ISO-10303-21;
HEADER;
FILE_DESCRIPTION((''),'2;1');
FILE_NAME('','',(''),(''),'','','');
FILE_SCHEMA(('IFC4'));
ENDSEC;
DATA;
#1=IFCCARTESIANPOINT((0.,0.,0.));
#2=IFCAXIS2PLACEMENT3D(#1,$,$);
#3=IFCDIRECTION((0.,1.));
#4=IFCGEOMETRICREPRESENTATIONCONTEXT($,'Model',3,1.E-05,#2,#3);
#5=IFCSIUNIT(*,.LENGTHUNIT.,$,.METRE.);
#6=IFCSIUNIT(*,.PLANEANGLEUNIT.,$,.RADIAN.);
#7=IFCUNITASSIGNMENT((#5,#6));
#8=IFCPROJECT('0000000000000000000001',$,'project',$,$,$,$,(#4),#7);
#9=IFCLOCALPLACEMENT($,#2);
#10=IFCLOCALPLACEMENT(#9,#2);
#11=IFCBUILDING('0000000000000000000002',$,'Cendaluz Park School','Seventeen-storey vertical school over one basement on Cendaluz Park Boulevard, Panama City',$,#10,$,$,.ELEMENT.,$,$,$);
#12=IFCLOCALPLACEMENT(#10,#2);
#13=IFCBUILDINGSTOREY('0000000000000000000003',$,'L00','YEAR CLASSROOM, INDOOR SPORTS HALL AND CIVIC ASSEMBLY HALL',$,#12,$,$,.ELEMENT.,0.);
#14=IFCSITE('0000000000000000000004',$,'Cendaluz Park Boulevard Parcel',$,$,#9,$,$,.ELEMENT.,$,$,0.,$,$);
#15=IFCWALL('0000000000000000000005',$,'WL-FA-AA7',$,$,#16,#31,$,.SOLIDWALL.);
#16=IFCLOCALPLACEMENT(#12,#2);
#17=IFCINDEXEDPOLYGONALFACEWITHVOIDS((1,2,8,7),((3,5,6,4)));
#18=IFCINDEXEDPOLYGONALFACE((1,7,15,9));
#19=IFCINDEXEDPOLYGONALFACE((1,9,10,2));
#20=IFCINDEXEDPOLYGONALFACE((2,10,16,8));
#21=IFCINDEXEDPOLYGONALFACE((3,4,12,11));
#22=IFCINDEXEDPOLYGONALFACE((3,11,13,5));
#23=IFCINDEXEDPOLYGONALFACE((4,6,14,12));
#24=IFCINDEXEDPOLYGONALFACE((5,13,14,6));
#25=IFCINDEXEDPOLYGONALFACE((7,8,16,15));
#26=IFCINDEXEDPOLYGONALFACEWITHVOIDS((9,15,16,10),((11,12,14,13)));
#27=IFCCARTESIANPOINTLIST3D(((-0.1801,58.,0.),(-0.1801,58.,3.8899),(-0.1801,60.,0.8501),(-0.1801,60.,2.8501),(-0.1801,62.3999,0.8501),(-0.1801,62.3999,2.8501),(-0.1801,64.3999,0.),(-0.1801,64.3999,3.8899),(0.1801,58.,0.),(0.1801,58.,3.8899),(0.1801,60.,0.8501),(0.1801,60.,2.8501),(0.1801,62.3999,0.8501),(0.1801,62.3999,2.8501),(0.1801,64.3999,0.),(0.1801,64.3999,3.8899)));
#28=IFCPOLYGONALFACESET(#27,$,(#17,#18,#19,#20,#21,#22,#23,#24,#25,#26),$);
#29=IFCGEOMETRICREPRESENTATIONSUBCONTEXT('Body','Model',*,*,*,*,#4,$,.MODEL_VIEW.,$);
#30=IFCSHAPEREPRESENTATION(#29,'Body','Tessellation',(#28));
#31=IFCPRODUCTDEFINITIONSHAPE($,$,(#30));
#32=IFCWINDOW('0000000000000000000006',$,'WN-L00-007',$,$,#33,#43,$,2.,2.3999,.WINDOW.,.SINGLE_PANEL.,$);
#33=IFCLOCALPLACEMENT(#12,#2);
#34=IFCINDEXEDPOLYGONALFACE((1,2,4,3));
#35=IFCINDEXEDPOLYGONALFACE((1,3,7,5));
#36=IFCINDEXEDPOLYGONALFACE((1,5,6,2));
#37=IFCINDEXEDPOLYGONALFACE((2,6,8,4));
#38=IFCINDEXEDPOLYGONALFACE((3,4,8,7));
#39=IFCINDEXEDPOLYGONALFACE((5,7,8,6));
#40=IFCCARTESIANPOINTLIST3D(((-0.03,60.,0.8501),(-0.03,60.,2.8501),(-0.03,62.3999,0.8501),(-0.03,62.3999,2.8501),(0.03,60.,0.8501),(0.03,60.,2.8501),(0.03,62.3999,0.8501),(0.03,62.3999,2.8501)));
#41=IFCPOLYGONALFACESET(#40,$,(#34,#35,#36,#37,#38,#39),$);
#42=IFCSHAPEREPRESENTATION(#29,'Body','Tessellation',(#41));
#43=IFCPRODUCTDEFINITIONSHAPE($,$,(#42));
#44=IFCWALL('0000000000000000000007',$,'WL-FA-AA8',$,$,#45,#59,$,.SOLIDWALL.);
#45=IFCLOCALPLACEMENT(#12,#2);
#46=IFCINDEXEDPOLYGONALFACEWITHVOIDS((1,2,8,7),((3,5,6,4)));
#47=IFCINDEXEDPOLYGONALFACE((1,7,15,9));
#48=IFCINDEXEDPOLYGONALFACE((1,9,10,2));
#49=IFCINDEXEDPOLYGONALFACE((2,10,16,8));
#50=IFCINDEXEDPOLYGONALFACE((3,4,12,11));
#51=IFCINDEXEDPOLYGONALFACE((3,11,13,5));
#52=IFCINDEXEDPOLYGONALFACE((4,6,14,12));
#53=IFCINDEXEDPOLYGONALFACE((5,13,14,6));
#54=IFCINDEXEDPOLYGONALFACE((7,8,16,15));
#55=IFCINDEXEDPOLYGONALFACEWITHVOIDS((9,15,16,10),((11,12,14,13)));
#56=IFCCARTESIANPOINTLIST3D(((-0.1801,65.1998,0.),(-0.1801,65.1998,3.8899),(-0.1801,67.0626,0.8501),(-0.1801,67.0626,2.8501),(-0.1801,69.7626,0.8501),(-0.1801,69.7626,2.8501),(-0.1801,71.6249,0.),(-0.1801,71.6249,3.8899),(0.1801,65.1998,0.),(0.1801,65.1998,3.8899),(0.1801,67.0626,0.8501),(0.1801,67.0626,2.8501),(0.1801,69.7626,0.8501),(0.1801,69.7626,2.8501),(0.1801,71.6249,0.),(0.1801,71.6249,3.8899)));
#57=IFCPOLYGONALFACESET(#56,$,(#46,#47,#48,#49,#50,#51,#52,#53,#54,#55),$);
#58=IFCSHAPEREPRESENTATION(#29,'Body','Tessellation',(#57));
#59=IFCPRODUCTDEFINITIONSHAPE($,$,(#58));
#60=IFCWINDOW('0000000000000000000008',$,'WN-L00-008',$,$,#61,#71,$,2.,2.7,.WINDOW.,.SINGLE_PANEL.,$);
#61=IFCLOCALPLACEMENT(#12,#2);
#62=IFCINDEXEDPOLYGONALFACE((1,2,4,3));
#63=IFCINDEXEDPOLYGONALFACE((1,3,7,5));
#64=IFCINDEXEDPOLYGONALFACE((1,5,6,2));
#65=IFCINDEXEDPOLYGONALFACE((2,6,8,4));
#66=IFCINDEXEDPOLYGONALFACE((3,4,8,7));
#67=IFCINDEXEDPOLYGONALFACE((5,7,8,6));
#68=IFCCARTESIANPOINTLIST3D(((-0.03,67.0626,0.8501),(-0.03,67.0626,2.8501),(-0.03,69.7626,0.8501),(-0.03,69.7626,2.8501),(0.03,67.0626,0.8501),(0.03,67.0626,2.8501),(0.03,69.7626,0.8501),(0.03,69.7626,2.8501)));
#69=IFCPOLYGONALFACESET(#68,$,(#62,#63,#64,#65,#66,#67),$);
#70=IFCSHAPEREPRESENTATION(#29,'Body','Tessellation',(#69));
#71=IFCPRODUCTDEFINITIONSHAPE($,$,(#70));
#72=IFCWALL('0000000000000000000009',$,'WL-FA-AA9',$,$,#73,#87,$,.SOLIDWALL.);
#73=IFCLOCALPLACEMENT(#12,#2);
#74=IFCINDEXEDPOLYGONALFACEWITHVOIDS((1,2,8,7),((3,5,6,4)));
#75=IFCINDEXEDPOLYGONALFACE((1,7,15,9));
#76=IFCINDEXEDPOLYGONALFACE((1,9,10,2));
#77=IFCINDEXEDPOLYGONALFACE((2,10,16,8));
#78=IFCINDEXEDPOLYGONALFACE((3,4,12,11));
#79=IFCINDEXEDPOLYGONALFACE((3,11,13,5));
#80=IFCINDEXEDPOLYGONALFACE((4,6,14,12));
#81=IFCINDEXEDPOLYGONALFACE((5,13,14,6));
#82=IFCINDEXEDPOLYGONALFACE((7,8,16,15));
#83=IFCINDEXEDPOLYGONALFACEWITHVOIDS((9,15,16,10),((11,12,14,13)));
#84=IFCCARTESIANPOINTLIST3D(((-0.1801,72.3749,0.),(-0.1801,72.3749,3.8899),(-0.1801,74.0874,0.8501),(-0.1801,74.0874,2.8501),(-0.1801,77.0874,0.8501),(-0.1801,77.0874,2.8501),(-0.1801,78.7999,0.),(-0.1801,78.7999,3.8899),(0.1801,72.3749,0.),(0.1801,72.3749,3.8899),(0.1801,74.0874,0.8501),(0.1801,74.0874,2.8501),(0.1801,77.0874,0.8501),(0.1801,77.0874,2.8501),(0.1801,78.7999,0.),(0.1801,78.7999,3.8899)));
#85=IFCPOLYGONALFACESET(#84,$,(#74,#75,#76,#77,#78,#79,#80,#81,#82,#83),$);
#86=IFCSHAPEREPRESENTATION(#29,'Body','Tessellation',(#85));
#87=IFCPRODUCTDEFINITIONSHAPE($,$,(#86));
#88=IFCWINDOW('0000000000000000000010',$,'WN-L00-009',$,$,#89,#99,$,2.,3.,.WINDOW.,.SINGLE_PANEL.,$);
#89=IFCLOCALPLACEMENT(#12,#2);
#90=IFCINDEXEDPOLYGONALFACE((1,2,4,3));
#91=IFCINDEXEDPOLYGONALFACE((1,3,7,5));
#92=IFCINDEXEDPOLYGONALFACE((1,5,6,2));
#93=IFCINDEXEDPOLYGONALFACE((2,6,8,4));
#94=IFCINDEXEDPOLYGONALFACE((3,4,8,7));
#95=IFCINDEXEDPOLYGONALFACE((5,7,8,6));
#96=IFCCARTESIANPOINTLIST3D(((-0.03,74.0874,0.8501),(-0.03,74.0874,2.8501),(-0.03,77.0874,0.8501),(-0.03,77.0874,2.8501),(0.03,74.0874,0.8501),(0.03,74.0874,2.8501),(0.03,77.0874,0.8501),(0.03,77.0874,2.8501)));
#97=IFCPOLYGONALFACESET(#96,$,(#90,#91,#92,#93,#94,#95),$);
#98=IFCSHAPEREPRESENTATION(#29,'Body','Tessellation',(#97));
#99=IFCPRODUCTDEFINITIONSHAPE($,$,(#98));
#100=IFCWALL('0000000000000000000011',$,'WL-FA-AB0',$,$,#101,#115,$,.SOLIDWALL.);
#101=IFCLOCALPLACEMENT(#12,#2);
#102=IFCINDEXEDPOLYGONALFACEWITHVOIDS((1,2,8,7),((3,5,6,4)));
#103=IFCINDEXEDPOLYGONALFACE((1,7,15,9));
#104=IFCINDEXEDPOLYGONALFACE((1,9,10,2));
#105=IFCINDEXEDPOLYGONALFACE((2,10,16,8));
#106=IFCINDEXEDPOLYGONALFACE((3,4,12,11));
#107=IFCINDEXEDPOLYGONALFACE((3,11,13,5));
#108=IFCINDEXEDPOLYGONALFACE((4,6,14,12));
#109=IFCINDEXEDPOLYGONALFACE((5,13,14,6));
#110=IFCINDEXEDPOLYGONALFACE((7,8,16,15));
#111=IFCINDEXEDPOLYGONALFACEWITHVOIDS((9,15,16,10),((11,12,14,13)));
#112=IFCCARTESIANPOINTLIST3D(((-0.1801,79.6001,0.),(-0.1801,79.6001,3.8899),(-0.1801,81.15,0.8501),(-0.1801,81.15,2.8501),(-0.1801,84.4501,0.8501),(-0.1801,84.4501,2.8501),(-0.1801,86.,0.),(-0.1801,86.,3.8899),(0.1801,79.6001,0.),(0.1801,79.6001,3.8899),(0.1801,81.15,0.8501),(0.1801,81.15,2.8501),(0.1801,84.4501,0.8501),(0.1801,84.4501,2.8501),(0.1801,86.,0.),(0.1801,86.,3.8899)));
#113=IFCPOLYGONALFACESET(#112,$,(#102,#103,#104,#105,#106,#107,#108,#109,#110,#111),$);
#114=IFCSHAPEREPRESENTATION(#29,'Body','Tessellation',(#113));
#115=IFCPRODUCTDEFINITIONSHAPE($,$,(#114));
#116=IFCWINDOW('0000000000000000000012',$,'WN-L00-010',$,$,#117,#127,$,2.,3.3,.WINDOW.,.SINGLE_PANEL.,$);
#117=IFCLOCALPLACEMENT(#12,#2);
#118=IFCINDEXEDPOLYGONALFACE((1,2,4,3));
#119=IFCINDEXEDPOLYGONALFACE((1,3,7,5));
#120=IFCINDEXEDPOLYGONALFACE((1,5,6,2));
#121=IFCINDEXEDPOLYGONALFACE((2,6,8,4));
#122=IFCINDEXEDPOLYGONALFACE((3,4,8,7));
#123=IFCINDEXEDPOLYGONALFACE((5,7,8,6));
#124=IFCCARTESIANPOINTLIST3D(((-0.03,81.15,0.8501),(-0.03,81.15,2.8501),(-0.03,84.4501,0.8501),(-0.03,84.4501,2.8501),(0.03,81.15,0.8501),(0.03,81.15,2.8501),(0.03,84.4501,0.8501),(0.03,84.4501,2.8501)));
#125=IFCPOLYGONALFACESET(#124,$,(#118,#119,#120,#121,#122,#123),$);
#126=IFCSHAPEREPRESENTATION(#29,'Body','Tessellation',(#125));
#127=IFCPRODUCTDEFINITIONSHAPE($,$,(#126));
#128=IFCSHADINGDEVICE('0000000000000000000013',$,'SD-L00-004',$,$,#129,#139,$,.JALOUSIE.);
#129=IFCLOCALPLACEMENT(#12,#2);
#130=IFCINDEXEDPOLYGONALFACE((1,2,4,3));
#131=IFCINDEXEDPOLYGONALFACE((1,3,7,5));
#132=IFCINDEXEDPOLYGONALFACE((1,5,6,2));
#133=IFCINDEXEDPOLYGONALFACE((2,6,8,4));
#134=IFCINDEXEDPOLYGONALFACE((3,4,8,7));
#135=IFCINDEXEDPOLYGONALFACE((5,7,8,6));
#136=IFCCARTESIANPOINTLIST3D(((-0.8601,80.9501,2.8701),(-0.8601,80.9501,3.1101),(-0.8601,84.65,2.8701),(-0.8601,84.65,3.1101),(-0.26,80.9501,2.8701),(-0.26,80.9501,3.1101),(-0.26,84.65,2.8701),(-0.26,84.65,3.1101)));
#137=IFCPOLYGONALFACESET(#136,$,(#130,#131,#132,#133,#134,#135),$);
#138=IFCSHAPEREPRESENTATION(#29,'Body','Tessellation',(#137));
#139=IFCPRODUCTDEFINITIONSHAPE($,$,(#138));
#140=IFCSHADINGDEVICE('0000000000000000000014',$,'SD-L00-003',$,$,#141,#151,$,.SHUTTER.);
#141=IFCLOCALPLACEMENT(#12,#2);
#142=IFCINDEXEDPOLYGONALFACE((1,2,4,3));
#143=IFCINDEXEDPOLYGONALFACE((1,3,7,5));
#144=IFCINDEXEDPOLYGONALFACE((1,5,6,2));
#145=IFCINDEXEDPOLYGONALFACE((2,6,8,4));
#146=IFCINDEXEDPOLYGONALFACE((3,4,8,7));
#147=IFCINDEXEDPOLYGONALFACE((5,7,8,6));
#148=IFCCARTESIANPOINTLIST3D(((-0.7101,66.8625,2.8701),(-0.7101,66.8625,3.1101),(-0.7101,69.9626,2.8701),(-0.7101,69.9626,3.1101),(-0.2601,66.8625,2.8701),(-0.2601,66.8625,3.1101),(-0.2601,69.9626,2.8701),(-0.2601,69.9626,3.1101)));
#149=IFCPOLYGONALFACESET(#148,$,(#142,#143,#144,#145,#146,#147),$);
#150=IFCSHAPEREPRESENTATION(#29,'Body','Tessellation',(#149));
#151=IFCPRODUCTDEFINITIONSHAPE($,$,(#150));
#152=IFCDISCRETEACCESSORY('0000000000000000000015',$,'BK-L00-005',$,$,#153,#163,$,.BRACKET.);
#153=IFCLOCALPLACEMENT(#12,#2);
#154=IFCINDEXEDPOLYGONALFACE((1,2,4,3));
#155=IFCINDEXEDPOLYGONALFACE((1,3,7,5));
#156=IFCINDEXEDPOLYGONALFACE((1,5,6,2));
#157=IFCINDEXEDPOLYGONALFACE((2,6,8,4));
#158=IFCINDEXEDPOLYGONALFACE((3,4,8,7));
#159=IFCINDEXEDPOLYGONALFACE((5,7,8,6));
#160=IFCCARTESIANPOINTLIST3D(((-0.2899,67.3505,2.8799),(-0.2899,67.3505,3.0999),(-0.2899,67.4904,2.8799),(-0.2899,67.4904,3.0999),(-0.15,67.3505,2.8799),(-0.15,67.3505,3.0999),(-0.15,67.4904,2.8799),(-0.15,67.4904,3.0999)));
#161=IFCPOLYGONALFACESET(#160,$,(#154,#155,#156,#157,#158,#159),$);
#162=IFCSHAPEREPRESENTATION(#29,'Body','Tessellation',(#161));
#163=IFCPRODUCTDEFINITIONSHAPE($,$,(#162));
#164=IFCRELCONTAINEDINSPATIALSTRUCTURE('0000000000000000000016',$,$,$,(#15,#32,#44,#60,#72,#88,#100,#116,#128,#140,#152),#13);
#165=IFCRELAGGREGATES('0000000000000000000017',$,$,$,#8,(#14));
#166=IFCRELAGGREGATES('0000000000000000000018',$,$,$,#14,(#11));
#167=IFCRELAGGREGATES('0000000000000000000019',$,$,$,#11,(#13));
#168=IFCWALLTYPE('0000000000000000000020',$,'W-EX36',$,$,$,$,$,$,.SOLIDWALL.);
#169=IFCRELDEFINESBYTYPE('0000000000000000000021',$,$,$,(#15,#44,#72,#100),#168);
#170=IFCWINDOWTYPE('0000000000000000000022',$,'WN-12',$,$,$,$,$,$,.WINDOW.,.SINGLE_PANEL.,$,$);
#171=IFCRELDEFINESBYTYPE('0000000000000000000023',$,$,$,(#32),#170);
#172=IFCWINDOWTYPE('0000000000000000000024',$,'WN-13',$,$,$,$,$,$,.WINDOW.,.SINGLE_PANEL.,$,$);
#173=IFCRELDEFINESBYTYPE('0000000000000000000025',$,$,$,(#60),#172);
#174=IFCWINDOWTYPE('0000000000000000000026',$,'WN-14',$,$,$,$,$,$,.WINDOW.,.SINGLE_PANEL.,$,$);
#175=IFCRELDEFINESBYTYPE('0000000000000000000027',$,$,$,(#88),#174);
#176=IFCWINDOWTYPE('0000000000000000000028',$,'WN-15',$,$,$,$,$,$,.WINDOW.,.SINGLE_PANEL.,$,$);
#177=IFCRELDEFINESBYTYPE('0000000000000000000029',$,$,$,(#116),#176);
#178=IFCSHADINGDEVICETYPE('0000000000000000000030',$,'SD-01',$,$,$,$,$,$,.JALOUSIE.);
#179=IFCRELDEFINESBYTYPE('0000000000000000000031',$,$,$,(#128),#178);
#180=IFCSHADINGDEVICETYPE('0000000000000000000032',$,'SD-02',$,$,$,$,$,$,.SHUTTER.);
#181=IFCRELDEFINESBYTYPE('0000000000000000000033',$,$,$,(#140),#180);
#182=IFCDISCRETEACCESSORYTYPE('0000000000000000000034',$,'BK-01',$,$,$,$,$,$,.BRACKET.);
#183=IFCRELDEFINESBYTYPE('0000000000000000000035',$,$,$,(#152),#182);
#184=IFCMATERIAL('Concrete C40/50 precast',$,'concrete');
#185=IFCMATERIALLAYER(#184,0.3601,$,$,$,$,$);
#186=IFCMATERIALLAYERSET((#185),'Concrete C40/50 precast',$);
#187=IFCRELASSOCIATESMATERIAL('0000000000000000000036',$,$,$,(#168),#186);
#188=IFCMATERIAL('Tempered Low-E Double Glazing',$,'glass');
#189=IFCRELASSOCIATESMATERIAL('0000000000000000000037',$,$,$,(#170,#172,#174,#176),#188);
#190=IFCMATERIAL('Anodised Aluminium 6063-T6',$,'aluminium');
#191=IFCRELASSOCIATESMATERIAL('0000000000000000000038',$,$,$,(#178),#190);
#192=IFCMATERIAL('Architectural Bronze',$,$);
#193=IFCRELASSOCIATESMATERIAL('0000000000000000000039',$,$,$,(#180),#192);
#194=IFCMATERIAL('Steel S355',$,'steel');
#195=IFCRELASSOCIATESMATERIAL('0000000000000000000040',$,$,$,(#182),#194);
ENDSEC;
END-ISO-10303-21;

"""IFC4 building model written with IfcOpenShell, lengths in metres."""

from ifc_helpers import new_model, si_unit, direction, frame, frame_2d, origin, origin_2d, place, context, subcontext, project, spatial, rectangle, extrude, material, layer, layer_set, type_object, element, fill, save


model = new_model("IFC4")

# Units and contexts
model_context = context("Model", 3, precision=1e-05, world=origin(), true_north=direction((0.0, 1.0)))
body_context = subcontext(model_context, "Body", "Model", "MODEL_VIEW")
ifc_project = project(units=[si_unit("LENGTHUNIT", "METRE"), si_unit("PLANEANGLEUNIT", "RADIAN")], contexts=[model_context])

# Site, building, storey
site_placement = place(None, origin())
site = spatial("IfcSite", under=ifc_project, at=site_placement, Name="Cendaluz Park Boulevard Parcel", CompositionType="ELEMENT", RefElevation=0.0)
building_placement = place(site_placement, origin())
building = spatial("IfcBuilding", under=site, at=building_placement, Name="Cendaluz Park School", Description="Seventeen-storey vertical school over one basement on Cendaluz Park Boulevard, Panama City", CompositionType="ELEMENT")
storey_placement = place(building_placement, origin())
storey = spatial("IfcBuildingStorey", under=building, at=storey_placement, Name="L00", Description="YEAR CLASSROOM, INDOOR SPORTS HALL AND CIVIC ASSEMBLY HALL", CompositionType="ELEMENT", Elevation=0.0)

# Walls, openings, windows
ifc_material_1 = material(Name="Concrete C40/50 precast", Category="concrete")
ifc_layer = layer(ifc_material_1, 0.3601)
ifc_layer_set = layer_set([ifc_layer], Name="Concrete C40/50 precast")
wall_type = type_object("IfcWallType", Name="W-EX36", PredefinedType="SOLIDWALL", material=ifc_layer_set)
wall_1_placement = place(storey_placement, frame((0.0, 58.0, 0.0), z_axis=(0.0, 0.0, 1.0), x_axis=(0.0, 1.0, 0.0)))
wall_1 = element("IfcWall", 1, at=wall_1_placement, inside=storey, type_object=wall_type, Name="WL-FA-AA7", PredefinedType="SOLIDWALL", context=body_context, shape_type="SweptSolid", body=[
    extrude(rectangle(XDim=6.3999, YDim=0.3601, at=frame_2d((3.2, 0.0))), origin(), (0.0, 0.0, 1.0), 3.8899),
])
opening_1_placement = place(wall_1_placement, frame((2.0, 0.0, 0.8501)))
opening_1 = element("IfcOpeningElement", 2, at=opening_1_placement, cuts=wall_1, PredefinedType="OPENING", context=body_context, shape_type="SweptSolid", body=[
    extrude(rectangle(XDim=2.3999, YDim=2.0, at=frame_2d((1.2, 1.0))), frame((0.0, 0.1921, 0.0), z_axis=(0.0, -1.0, 0.0), x_axis=(1.0, 0.0, 0.0)), (0.0, 0.0, 1.0), 0.384),
])
ifc_material_2 = material(Name="Tempered Low-E Double Glazing", Category="glass")
window_type_1 = type_object("IfcWindowType", Name="WN-12", PartitioningType="SINGLE_PANEL", PredefinedType="WINDOW", material=ifc_material_2)
window_1_placement = place(opening_1_placement, origin())
window_1 = element("IfcWindow", 3, at=window_1_placement, inside=storey, type_object=window_type_1, Name="WN-L00-007", OverallHeight=2.0, OverallWidth=2.3999, PartitioningType="SINGLE_PANEL", PredefinedType="WINDOW", context=body_context, shape_type="SweptSolid", body=[
    extrude(rectangle(XDim=2.3999, YDim=2.0, at=frame_2d((1.2, 1.0))), frame((0.0, 0.03, 0.0), z_axis=(0.0, -1.0, 0.0), x_axis=(1.0, 0.0, 0.0)), (0.0, 0.0, 1.0), 0.0601),
])
fill(opening_1, window_1)
wall_2_placement = place(storey_placement, frame((0.0, 65.2, 0.0), z_axis=(0.0, 0.0, 1.0), x_axis=(0.0, 1.0, 0.0)))
wall_2 = element("IfcWall", 4, at=wall_2_placement, inside=storey, type_object=wall_type, Name="WL-FA-AA8", PredefinedType="SOLIDWALL", context=body_context, shape_type="SweptSolid", body=[
    extrude(rectangle(XDim=6.425, YDim=0.3601, at=frame_2d((3.2124, 0.0))), origin(), (0.0, 0.0, 1.0), 3.8899),
])
opening_2_placement = place(wall_2_placement, frame((1.8625, 0.0, 0.8501)))
opening_2 = element("IfcOpeningElement", 5, at=opening_2_placement, cuts=wall_2, PredefinedType="OPENING", context=body_context, shape_type="SweptSolid", body=[
    extrude(rectangle(XDim=2.7, YDim=2.0, at=frame_2d((1.3501, 1.0))), frame((0.0, 0.1921, 0.0), z_axis=(0.0, -1.0, 0.0), x_axis=(1.0, 0.0, 0.0)), (0.0, 0.0, 1.0), 0.384),
])
window_type_2 = type_object("IfcWindowType", Name="WN-13", PartitioningType="SINGLE_PANEL", PredefinedType="WINDOW", material=ifc_material_2)
window_2_placement = place(opening_2_placement, origin())
window_2 = element("IfcWindow", 6, at=window_2_placement, inside=storey, type_object=window_type_2, Name="WN-L00-008", OverallHeight=2.0, OverallWidth=2.7, PartitioningType="SINGLE_PANEL", PredefinedType="WINDOW", context=body_context, shape_type="SweptSolid", body=[
    extrude(rectangle(XDim=2.7, YDim=2.0, at=frame_2d((1.3501, 1.0))), frame((0.0, 0.03, 0.0), z_axis=(0.0, -1.0, 0.0), x_axis=(1.0, 0.0, 0.0)), (0.0, 0.0, 1.0), 0.0601),
])
fill(opening_2, window_2)
wall_3_placement = place(storey_placement, frame((0.0, 72.375, 0.0), z_axis=(0.0, 0.0, 1.0), x_axis=(0.0, 1.0, 0.0)))
wall_3 = element("IfcWall", 7, at=wall_3_placement, inside=storey, type_object=wall_type, Name="WL-FA-AA9", PredefinedType="SOLIDWALL", context=body_context, shape_type="SweptSolid", body=[
    extrude(rectangle(XDim=6.425, YDim=0.3601, at=frame_2d((3.2124, 0.0))), origin(), (0.0, 0.0, 1.0), 3.8899),
])
opening_3_placement = place(wall_3_placement, frame((1.7124, 0.0, 0.8501)))
opening_3 = element("IfcOpeningElement", 8, at=opening_3_placement, cuts=wall_3, PredefinedType="OPENING", context=body_context, shape_type="SweptSolid", body=[
    extrude(rectangle(XDim=3.0, YDim=2.0, at=frame_2d((1.5, 1.0))), frame((0.0, 0.1921, 0.0), z_axis=(0.0, -1.0, 0.0), x_axis=(1.0, 0.0, 0.0)), (0.0, 0.0, 1.0), 0.384),
])
window_type_3 = type_object("IfcWindowType", Name="WN-14", PartitioningType="SINGLE_PANEL", PredefinedType="WINDOW", material=ifc_material_2)
window_3_placement = place(opening_3_placement, origin())
window_3 = element("IfcWindow", 9, at=window_3_placement, inside=storey, type_object=window_type_3, Name="WN-L00-009", OverallHeight=2.0, OverallWidth=3.0, PartitioningType="SINGLE_PANEL", PredefinedType="WINDOW", context=body_context, shape_type="SweptSolid", body=[
    extrude(rectangle(XDim=3.0, YDim=2.0, at=frame_2d((1.5, 1.0))), frame((0.0, 0.03, 0.0), z_axis=(0.0, -1.0, 0.0), x_axis=(1.0, 0.0, 0.0)), (0.0, 0.0, 1.0), 0.0601),
])
fill(opening_3, window_3)
wall_4_placement = place(storey_placement, frame((0.0, 79.6001, 0.0), z_axis=(0.0, 0.0, 1.0), x_axis=(0.0, 1.0, 0.0)))
wall_4 = element("IfcWall", 10, at=wall_4_placement, inside=storey, type_object=wall_type, Name="WL-FA-AB0", PredefinedType="SOLIDWALL", context=body_context, shape_type="SweptSolid", body=[
    extrude(rectangle(XDim=6.3999, YDim=0.3601, at=frame_2d((3.2, 0.0))), origin(), (0.0, 0.0, 1.0), 3.8899),
])
opening_4_placement = place(wall_4_placement, frame((1.55, 0.0, 0.8501)))
opening_4 = element("IfcOpeningElement", 11, at=opening_4_placement, cuts=wall_4, PredefinedType="OPENING", context=body_context, shape_type="SweptSolid", body=[
    extrude(rectangle(XDim=3.3, YDim=2.0, at=frame_2d((1.6499, 1.0))), frame((0.0, 0.1921, 0.0), z_axis=(0.0, -1.0, 0.0), x_axis=(1.0, 0.0, 0.0)), (0.0, 0.0, 1.0), 0.384),
])
window_type_4 = type_object("IfcWindowType", Name="WN-15", PartitioningType="SINGLE_PANEL", PredefinedType="WINDOW", material=ifc_material_2)
window_4_placement = place(opening_4_placement, origin())
window_4 = element("IfcWindow", 12, at=window_4_placement, inside=storey, type_object=window_type_4, Name="WN-L00-010", OverallHeight=2.0, OverallWidth=3.3, PartitioningType="SINGLE_PANEL", PredefinedType="WINDOW", context=body_context, shape_type="SweptSolid", body=[
    extrude(rectangle(XDim=3.3, YDim=2.0, at=frame_2d((1.6499, 1.0))), frame((0.0, 0.03, 0.0), z_axis=(0.0, -1.0, 0.0), x_axis=(1.0, 0.0, 0.0)), (0.0, 0.0, 1.0), 0.0601),
])
fill(opening_4, window_4)

# Shading devices
ifc_material_3 = material(Name="Anodised Aluminium 6063-T6", Category="aluminium")
shading_device_type_1 = type_object("IfcShadingDeviceType", Name="SD-01", PredefinedType="JALOUSIE", material=ifc_material_3)
shading_device_1_placement = place(storey_placement, frame((-0.5601, 82.8, 2.8701), z_axis=(0.0, 0.0, 1.0), x_axis=(0.0, 1.0, 0.0)))
element("IfcShadingDevice", 13, at=shading_device_1_placement, inside=storey, type_object=shading_device_type_1, Name="SD-L00-004", PredefinedType="JALOUSIE", context=body_context, shape_type="SweptSolid", body=[
    extrude(rectangle(XDim=3.7, YDim=0.6001, at=origin_2d()), origin(), (0.0, 0.0, 1.0), 0.24),
])
ifc_material_4 = material(Name="Architectural Bronze")
shading_device_type_2 = type_object("IfcShadingDeviceType", Name="SD-02", PredefinedType="SHUTTER", material=ifc_material_4)
shading_device_2_placement = place(storey_placement, frame((-0.4851, 68.4126, 2.8701), z_axis=(0.0, 0.0, 1.0), x_axis=(0.0, 1.0, 0.0)))
element("IfcShadingDevice", 14, at=shading_device_2_placement, inside=storey, type_object=shading_device_type_2, Name="SD-L00-003", PredefinedType="SHUTTER", context=body_context, shape_type="SweptSolid", body=[
    extrude(rectangle(XDim=3.1001, YDim=0.45, at=origin_2d()), origin(), (0.0, 0.0, 1.0), 0.24),
])

# Discrete accessory
ifc_material_5 = material(Name="Steel S355", Category="steel")
discrete_accessory_type = type_object("IfcDiscreteAccessoryType", Name="BK-01", PredefinedType="BRACKET", material=ifc_material_5)
for number, where, z_axis, x_axis, name in (
    (15, (-0.22, 67.4204, 2.8799), (0.0, 0.0, 1.0), (0.0, 1.0, 0.0), "BK-L00-005"),
):
    element("IfcDiscreteAccessory", number, at=place(storey_placement, frame(where, z_axis=z_axis, x_axis=x_axis)), inside=storey, type_object=discrete_accessory_type, Name=name, PredefinedType="BRACKET", context=body_context, shape_type="SweptSolid", body=[
        extrude(rectangle(XDim=0.1399, YDim=0.1399, at=origin_2d()), origin(), (0.0, 0.0, 1.0), 0.22),
    ])

save(model, "model.ifc")
